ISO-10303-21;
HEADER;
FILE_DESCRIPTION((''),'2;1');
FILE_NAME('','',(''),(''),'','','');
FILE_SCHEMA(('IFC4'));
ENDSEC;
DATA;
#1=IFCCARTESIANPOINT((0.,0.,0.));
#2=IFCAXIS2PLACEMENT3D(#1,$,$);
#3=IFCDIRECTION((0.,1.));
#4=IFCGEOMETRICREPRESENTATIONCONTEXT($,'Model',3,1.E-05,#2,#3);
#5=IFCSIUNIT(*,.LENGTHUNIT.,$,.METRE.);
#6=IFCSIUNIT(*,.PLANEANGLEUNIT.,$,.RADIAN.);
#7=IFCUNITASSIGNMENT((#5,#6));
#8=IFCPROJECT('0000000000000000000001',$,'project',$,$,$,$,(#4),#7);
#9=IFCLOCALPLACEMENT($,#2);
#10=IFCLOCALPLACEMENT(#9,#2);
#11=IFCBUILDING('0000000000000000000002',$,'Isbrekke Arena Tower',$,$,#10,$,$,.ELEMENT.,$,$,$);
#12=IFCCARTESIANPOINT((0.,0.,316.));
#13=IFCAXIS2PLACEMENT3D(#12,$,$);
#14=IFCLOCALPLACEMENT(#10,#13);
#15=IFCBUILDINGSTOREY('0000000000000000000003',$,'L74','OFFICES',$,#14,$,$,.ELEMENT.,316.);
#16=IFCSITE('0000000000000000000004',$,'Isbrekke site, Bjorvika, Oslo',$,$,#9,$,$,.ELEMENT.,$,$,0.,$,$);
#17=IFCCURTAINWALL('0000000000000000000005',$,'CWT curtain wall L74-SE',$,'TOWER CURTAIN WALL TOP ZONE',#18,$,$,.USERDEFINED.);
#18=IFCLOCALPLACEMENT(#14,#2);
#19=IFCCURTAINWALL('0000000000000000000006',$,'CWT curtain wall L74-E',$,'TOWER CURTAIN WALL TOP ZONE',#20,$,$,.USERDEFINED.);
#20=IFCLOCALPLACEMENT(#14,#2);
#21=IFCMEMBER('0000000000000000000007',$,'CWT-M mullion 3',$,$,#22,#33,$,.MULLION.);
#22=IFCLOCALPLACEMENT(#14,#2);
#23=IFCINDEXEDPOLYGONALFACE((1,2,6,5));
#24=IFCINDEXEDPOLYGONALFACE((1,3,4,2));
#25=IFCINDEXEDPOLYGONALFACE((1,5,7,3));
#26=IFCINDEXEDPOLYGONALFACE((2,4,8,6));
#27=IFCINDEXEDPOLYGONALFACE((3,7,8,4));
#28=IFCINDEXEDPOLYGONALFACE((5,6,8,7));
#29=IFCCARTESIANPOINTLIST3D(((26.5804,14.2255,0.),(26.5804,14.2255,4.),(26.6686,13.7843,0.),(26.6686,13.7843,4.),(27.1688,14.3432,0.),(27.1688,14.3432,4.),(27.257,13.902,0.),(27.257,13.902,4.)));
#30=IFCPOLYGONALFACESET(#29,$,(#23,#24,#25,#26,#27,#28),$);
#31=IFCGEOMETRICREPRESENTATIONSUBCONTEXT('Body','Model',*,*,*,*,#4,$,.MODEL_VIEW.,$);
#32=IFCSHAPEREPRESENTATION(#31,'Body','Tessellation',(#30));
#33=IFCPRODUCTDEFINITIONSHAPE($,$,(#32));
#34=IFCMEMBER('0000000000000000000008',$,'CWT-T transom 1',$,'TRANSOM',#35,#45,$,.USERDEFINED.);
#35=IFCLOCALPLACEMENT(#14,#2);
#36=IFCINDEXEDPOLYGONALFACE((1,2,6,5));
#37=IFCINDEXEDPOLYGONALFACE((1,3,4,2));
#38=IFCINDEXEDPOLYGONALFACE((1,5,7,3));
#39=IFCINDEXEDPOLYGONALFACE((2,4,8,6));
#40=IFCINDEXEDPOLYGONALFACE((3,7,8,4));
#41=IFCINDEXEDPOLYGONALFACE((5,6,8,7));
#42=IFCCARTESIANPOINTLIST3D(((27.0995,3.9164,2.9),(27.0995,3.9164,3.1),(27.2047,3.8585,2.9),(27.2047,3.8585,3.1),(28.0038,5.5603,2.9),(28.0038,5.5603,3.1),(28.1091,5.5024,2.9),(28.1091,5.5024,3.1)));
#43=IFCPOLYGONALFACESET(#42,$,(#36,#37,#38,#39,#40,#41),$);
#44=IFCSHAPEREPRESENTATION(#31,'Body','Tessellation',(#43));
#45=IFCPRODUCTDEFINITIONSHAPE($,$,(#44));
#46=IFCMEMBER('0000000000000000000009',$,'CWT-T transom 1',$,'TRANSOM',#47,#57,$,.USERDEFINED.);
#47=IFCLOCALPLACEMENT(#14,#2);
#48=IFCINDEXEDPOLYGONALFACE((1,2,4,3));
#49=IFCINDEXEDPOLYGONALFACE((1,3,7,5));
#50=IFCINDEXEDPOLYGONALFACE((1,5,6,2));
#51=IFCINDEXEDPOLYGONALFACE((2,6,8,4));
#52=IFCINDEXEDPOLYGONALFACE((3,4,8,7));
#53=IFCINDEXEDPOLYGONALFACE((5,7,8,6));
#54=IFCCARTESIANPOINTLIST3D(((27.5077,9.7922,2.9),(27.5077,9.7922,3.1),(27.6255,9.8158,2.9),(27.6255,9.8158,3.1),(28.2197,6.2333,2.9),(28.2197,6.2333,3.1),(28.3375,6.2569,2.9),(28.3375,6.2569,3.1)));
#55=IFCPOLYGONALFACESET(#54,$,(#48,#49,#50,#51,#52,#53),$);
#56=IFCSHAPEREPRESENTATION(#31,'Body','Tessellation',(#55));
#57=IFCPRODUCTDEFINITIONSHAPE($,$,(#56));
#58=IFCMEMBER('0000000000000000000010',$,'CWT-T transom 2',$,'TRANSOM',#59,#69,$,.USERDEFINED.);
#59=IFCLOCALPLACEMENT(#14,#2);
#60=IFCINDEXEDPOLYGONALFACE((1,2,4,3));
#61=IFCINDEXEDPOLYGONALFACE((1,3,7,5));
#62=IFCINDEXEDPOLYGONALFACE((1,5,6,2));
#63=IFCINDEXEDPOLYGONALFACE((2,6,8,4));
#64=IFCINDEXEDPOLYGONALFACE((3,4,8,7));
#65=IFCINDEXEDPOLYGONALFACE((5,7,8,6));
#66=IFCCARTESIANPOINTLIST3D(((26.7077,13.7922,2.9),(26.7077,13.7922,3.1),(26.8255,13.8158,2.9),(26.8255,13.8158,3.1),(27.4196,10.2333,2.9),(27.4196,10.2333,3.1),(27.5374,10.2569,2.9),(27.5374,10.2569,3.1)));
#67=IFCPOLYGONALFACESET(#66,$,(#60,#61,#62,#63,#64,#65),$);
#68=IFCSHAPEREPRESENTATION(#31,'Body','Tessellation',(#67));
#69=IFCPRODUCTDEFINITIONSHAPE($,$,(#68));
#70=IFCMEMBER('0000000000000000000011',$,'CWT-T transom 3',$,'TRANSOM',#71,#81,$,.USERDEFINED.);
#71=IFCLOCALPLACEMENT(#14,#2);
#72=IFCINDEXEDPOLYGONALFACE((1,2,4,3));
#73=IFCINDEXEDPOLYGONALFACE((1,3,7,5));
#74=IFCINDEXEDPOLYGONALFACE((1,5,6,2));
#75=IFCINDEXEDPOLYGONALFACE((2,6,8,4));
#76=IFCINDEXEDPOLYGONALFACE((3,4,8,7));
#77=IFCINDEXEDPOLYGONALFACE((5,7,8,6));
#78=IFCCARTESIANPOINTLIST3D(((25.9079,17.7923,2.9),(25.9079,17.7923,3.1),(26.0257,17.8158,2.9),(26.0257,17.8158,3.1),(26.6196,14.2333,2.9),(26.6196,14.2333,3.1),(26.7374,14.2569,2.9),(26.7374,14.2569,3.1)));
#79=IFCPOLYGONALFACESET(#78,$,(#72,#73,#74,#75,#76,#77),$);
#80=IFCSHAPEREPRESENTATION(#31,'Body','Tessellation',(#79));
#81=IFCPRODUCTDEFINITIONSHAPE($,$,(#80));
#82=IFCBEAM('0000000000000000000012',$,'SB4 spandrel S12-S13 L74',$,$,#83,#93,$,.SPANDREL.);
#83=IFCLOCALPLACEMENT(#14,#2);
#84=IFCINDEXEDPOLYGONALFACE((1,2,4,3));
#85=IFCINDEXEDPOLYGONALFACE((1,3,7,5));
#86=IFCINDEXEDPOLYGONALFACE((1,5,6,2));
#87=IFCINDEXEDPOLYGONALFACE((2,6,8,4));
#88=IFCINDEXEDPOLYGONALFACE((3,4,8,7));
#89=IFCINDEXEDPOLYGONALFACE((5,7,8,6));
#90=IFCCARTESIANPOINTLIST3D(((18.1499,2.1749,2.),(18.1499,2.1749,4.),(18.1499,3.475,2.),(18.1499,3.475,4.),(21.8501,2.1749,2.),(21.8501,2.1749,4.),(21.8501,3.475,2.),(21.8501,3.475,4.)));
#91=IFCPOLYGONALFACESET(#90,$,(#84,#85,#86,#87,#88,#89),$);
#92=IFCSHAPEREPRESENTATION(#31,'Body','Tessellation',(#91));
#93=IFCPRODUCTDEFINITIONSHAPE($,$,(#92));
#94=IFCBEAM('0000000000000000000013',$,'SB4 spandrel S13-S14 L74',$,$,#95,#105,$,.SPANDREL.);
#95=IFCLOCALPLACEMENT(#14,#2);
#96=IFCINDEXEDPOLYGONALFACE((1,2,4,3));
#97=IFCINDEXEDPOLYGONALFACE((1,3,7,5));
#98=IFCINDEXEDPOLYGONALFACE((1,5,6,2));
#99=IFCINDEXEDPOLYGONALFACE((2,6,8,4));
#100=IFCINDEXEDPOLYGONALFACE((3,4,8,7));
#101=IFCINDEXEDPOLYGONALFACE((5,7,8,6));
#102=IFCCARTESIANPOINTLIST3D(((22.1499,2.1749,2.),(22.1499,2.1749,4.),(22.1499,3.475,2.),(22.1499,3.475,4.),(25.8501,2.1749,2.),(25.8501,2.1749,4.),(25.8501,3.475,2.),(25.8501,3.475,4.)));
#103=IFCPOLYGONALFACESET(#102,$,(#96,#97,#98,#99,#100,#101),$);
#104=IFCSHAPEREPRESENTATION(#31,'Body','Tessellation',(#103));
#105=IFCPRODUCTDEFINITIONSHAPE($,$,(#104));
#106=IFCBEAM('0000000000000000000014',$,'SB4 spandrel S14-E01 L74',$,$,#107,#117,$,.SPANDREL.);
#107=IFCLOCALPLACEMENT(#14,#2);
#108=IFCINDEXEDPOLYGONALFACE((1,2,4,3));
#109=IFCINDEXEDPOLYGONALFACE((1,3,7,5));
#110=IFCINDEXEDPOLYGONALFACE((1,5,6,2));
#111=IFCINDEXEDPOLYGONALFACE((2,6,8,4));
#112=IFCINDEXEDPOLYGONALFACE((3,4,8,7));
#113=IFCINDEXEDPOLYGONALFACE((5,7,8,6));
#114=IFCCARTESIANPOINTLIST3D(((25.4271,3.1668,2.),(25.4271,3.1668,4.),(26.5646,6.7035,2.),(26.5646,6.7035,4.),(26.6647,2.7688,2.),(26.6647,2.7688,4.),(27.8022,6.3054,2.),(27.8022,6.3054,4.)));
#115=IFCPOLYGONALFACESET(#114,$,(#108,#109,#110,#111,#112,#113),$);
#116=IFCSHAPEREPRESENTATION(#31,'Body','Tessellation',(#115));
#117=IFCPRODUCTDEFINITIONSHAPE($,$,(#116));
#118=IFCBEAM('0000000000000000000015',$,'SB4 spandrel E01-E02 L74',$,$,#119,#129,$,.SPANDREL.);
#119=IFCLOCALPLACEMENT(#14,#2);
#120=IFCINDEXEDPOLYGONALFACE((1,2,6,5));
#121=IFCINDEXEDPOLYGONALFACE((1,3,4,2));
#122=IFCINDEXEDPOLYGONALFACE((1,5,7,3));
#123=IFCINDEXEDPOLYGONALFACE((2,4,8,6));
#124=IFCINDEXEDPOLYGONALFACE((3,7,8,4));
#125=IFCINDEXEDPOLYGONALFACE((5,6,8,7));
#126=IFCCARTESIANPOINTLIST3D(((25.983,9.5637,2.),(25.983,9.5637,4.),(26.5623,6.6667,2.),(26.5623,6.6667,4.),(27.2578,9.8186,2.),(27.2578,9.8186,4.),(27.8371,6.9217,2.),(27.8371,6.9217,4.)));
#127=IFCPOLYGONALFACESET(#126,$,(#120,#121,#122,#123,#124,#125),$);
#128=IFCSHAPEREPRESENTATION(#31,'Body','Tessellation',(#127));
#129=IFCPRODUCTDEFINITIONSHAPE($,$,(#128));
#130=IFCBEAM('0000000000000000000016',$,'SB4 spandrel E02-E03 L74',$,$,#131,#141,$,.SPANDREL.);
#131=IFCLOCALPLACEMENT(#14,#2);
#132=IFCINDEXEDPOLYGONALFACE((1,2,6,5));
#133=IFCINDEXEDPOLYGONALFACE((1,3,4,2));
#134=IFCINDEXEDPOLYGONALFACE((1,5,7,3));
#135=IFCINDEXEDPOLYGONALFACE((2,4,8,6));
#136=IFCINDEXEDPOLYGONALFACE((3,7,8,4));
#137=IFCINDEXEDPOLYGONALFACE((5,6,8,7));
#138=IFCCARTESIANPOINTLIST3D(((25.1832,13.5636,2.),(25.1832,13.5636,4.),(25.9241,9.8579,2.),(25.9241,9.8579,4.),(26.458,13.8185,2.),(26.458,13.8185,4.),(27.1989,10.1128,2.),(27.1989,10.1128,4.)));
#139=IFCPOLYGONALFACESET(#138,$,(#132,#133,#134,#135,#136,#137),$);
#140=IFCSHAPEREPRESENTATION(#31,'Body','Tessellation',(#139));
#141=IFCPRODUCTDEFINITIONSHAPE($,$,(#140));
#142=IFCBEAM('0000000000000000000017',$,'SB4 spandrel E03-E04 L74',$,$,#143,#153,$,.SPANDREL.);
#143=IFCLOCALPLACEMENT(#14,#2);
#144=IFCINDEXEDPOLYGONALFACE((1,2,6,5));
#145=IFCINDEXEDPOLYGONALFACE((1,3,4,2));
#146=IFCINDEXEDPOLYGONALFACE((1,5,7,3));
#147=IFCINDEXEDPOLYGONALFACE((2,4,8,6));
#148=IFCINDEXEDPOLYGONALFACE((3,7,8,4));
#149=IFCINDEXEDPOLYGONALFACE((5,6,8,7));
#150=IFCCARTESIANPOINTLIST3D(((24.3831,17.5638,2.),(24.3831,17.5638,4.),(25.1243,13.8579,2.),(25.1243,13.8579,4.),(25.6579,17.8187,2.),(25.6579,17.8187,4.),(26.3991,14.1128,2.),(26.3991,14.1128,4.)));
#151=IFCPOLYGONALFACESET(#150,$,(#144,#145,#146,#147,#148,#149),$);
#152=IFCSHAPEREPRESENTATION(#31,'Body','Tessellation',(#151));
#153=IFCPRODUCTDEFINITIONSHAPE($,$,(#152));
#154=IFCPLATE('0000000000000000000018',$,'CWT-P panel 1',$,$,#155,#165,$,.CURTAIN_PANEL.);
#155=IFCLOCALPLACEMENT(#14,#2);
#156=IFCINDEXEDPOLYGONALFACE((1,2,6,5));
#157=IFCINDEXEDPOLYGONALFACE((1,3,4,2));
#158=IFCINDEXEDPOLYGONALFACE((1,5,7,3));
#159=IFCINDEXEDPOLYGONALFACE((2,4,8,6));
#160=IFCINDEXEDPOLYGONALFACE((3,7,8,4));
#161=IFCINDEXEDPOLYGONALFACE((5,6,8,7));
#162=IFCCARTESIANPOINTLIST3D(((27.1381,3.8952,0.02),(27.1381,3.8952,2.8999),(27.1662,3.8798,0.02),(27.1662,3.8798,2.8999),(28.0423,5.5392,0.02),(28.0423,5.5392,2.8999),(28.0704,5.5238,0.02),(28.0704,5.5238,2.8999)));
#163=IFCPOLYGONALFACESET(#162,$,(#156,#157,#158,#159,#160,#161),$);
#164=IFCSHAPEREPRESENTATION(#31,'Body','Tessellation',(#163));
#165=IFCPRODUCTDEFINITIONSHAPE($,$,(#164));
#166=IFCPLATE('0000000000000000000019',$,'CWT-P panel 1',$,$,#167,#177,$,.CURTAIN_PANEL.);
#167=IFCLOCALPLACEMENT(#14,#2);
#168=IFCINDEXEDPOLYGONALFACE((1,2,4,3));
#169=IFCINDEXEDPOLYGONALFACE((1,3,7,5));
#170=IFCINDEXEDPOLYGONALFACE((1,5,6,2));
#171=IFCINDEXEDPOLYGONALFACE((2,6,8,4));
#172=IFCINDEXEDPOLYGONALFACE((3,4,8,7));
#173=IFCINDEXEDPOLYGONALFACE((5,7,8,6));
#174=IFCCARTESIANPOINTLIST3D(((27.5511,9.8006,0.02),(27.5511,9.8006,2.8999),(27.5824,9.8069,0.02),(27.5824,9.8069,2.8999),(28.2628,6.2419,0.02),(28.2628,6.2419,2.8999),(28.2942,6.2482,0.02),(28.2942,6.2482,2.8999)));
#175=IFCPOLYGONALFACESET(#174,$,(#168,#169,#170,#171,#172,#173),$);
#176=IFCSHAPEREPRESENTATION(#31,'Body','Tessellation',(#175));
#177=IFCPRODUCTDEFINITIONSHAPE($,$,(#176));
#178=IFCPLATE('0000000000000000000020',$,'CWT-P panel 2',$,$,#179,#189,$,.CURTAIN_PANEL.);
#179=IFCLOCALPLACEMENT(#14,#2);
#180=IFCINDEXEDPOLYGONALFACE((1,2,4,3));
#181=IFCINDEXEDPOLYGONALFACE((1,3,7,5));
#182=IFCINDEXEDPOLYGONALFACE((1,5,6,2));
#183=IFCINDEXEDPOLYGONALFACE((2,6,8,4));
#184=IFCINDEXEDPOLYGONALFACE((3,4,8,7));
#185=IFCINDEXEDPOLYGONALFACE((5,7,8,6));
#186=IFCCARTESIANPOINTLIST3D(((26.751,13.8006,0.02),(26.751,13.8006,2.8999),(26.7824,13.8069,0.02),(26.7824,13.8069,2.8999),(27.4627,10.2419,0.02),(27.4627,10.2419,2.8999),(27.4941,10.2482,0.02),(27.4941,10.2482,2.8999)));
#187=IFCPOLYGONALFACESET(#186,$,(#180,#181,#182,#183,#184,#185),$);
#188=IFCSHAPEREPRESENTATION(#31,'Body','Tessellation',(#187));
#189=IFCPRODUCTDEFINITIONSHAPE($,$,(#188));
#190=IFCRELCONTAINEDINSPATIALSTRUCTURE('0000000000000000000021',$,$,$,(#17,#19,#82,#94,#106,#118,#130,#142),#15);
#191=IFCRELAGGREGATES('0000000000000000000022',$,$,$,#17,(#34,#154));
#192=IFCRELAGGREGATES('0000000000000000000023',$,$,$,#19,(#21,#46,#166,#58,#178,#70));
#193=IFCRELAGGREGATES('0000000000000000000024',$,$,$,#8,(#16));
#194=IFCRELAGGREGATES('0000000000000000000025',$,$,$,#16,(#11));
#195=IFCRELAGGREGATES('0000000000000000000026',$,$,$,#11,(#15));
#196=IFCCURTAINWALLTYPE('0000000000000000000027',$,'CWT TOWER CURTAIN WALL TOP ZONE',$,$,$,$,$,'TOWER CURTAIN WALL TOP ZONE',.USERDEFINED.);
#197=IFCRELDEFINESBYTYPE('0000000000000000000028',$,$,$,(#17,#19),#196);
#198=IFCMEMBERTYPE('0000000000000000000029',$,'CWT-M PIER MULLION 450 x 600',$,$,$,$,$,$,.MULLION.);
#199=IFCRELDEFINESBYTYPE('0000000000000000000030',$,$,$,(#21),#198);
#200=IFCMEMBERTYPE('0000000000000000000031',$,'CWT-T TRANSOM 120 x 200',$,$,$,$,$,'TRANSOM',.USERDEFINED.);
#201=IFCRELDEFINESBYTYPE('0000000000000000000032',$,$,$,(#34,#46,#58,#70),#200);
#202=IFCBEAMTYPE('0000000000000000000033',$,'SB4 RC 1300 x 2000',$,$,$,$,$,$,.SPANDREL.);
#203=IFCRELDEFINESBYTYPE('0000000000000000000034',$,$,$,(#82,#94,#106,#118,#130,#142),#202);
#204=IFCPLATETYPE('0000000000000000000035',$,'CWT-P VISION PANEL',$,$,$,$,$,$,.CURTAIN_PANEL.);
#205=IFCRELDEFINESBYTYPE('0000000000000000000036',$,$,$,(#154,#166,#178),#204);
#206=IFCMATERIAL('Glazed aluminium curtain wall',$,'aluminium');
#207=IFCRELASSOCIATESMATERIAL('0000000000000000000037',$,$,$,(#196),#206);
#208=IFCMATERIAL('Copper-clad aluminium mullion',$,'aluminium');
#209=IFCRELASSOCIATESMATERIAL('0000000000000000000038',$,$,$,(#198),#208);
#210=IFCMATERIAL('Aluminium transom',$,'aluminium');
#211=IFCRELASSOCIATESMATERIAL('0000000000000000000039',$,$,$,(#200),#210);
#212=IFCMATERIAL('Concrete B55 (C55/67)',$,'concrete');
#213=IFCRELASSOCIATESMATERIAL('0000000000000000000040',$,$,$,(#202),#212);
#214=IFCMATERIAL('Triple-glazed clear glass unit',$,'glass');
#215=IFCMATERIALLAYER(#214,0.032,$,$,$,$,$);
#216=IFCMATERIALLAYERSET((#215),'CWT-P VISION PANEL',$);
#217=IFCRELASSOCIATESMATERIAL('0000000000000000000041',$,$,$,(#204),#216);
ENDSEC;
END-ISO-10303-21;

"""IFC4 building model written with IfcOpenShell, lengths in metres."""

from ifc_helpers import new_model, si_unit, direction, frame, origin, origin_2d, place, context, subcontext, project, spatial, rectangle, extrude, material, layer, layer_set, material_profile, profile_set, type_object, element, aggregate, save


model = new_model("IFC4")

# Units and contexts
model_context = context("Model", 3, precision=1e-05, world=origin(), true_north=direction((0.0, 1.0)))
body_context = subcontext(model_context, "Body", "Model", "MODEL_VIEW")
ifc_project = project(units=[si_unit("LENGTHUNIT", "METRE"), si_unit("PLANEANGLEUNIT", "RADIAN")], contexts=[model_context])

# Site, building, storey
site_placement = place(None, origin())
site = spatial("IfcSite", under=ifc_project, at=site_placement, Name="Isbrekke site, Bjorvika, Oslo", CompositionType="ELEMENT", RefElevation=0.0)
building_placement = place(site_placement, origin())
building = spatial("IfcBuilding", under=site, at=building_placement, Name="Isbrekke Arena Tower", CompositionType="ELEMENT")
storey_placement = place(building_placement, frame((0.0, 0.0, 316.0)))
storey = spatial("IfcBuildingStorey", under=building, at=storey_placement, Name="L74", Description="OFFICES", CompositionType="ELEMENT", Elevation=316.0)

# Curtain walls, member
ifc_material_1 = material(Name="Glazed aluminium curtain wall", Category="aluminium")
curtain_wall_type = type_object("IfcCurtainWallType", Name="CWT TOWER CURTAIN WALL TOP ZONE", ElementType="TOWER CURTAIN WALL TOP ZONE", PredefinedType="USERDEFINED", material=ifc_material_1)
curtain_wall_1_placement = place(storey_placement, origin())
curtain_wall_1 = element("IfcCurtainWall", 1, at=curtain_wall_1_placement, inside=storey, type_object=curtain_wall_type, Name="CWT curtain wall L74-SE", ObjectType="TOWER CURTAIN WALL TOP ZONE", PredefinedType="USERDEFINED")
ifc_material_2 = material(Name="Copper-clad aluminium mullion", Category="aluminium")
ifc_material_profile_1 = material_profile(ifc_material_2, rectangle(XDim=0.45, YDim=0.6001, at=origin_2d()), Name="PIER 450X600")
ifc_profile_set_1 = profile_set([ifc_material_profile_1], Name="Copper-clad aluminium mullion")
member_type_1 = type_object("IfcMemberType", Name="CWT-M PIER MULLION 450 x 600", PredefinedType="MULLION", material=ifc_profile_set_1)
curtain_wall_2_placement = place(storey_placement, origin())
curtain_wall_2 = element("IfcCurtainWall", 2, at=curtain_wall_2_placement, inside=storey, type_object=curtain_wall_type, Name="CWT curtain wall L74-E", ObjectType="TOWER CURTAIN WALL TOP ZONE", PredefinedType="USERDEFINED")
member_1_placement = place(storey_placement, frame((26.9187, 14.0637, 0.0), z_axis=(0.0, 0.0, 1.0), x_axis=(-0.196116, 0.980581, 0.0)))
member_1 = element("IfcMember", 3, at=member_1_placement, type_object=member_type_1, Name="CWT-M mullion 3", PredefinedType="MULLION", context=body_context, shape_type="SweptSolid", body=[
    extrude(rectangle(XDim=0.45, YDim=0.6001, at=origin_2d()), origin(), (0.0, 0.0, 1.0), 4.0),
])

# Members
ifc_material_3 = material(Name="Aluminium transom", Category="aluminium")
ifc_material_profile_2 = material_profile(ifc_material_3, rectangle(XDim=0.1201, YDim=0.2, at=origin_2d()), Name="TRANSOM 120X200")
ifc_profile_set_2 = profile_set([ifc_material_profile_2], Name="Aluminium transom")
member_type_2 = type_object("IfcMemberType", Name="CWT-T TRANSOM 120 x 200", ElementType="TRANSOM", PredefinedType="USERDEFINED", material=ifc_profile_set_2)
member_2_placement = place(storey_placement, frame((27.1521, 3.8875, 3.0), z_axis=(0.482004, 0.876169, 0.0), x_axis=(-0.876169, 0.482004, 0.0)))
member_2 = element("IfcMember", 4, at=member_2_placement, type_object=member_type_2, Name="CWT-T transom 1", ObjectType="TRANSOM", PredefinedType="USERDEFINED", context=body_context, shape_type="SweptSolid", body=[
    extrude(rectangle(XDim=0.1201, YDim=0.2, at=origin_2d()), origin(), (0.0, 0.0, 1.0), 1.8762),
])
member_3_placement = place(storey_placement, frame((28.2786, 6.2451, 3.0), z_axis=(-0.196155, 0.980573, 0.0), x_axis=(-0.980573, -0.196155, 0.0)))
member_3 = element("IfcMember", 5, at=member_3_placement, type_object=member_type_2, Name="CWT-T transom 1", ObjectType="TRANSOM", PredefinedType="USERDEFINED", context=body_context, shape_type="SweptSolid", body=[
    extrude(rectangle(XDim=0.1201, YDim=0.2, at=origin_2d()), origin(), (0.0, 0.0, 1.0), 3.6294),
])
member_4_placement = place(storey_placement, frame((27.4785, 10.2451, 3.0), z_axis=(-0.196155, 0.980573, 0.0), x_axis=(-0.980573, -0.196155, 0.0)))
member_4 = element("IfcMember", 6, at=member_4_placement, type_object=member_type_2, Name="CWT-T transom 2", ObjectType="TRANSOM", PredefinedType="USERDEFINED", context=body_context, shape_type="SweptSolid", body=[
    extrude(rectangle(XDim=0.1201, YDim=0.2, at=origin_2d()), origin(), (0.0, 0.0, 1.0), 3.6294),
])
member_5_placement = place(storey_placement, frame((26.6785, 14.2451, 3.0), z_axis=(-0.19609, 0.980586, 0.0), x_axis=(-0.980586, -0.19609, 0.0)))
member_5 = element("IfcMember", 7, at=member_5_placement, type_object=member_type_2, Name="CWT-T transom 3", ObjectType="TRANSOM", PredefinedType="USERDEFINED", context=body_context, shape_type="SweptSolid", body=[
    extrude(rectangle(XDim=0.1201, YDim=0.2, at=origin_2d()), origin(), (0.0, 0.0, 1.0), 3.6294),
])

# Beams
ifc_material_4 = material(Name="Concrete B55 (C55/67)", Category="concrete")
ifc_material_profile_3 = material_profile(ifc_material_4, rectangle(XDim=1.3, YDim=2.0, at=origin_2d()), Name="RC 1300x2000")
ifc_profile_set_3 = profile_set([ifc_material_profile_3], Name="Concrete B55 (C55/67)")
beam_type_1 = type_object("IfcBeamType", Name="SB4 RC 1300 x 2000", PredefinedType="SPANDREL", material=ifc_profile_set_3)
for number, where, z_axis, x_axis, name in (
    (8, (18.1499, 2.825, 3.0), (1.0, 0.0, 0.0), (0.0, 1.0, 0.0), "SB4 spandrel S12-S13 L74"),
    (9, (22.1499, 2.825, 3.0), (1.0, 0.0, 0.0), (0.0, 1.0, 0.0), "SB4 spandrel S13-S14 L74"),
):
    element("IfcBeam", number, at=place(storey_placement, frame(where, z_axis=z_axis, x_axis=x_axis)), inside=storey, type_object=beam_type_1, Name=name, PredefinedType="SPANDREL", context=body_context, shape_type="SweptSolid", body=[
        extrude(rectangle(XDim=1.3, YDim=2.0, at=origin_2d()), origin(), (0.0, 0.0, 1.0), 3.7002),
    ])
beam_1_placement = place(storey_placement, frame((26.0459, 2.9678, 3.0), z_axis=(0.306175, 0.951975, 0.0), x_axis=(-0.951975, 0.306175, 0.0)))
element("IfcBeam", 10, at=beam_1_placement, inside=storey, type_object=beam_type_1, Name="SB4 spandrel S14-E01 L74", PredefinedType="SPANDREL", context=body_context, shape_type="SweptSolid", body=[
    extrude(rectangle(XDim=1.3, YDim=2.0, at=origin_2d()), origin(), (0.0, 0.0, 1.0), 3.7151),
])
beam_2_placement = place(storey_placement, frame((27.1997, 6.7942, 3.0), z_axis=(-0.1961, 0.980584, 0.0), x_axis=(-0.980584, -0.1961, 0.0)))
element("IfcBeam", 11, at=beam_2_placement, inside=storey, type_object=beam_type_1, Name="SB4 spandrel E01-E02 L74", PredefinedType="SPANDREL", context=body_context, shape_type="SweptSolid", body=[
    extrude(rectangle(XDim=1.3, YDim=2.0, at=origin_2d()), origin(), (0.0, 0.0, 1.0), 2.9543),
])
beam_3_placement = place(storey_placement, frame((26.5615, 9.9854, 3.0), z_axis=(-0.196066, 0.980591, 0.0), x_axis=(-0.980591, -0.196066, 0.0)))
element("IfcBeam", 12, at=beam_3_placement, inside=storey, type_object=beam_type_1, Name="SB4 spandrel E02-E03 L74", PredefinedType="SPANDREL", context=body_context, shape_type="SweptSolid", body=[
    extrude(rectangle(XDim=1.3, YDim=2.0, at=origin_2d()), origin(), (0.0, 0.0, 1.0), 3.7791),
])
beam_4_placement = place(storey_placement, frame((25.7617, 13.9854, 3.0), z_axis=(-0.196129, 0.980578, 0.0), x_axis=(-0.980578, -0.196129, 0.0)))
element("IfcBeam", 13, at=beam_4_placement, inside=storey, type_object=beam_type_1, Name="SB4 spandrel E03-E04 L74", PredefinedType="SPANDREL", context=body_context, shape_type="SweptSolid", body=[
    extrude(rectangle(XDim=1.3, YDim=2.0, at=origin_2d()), origin(), (0.0, 0.0, 1.0), 3.7793),
])

# Plates
ifc_material_5 = material(Name="Triple-glazed clear glass unit", Category="glass")
ifc_layer_1 = layer(ifc_material_5, 0.032)
ifc_layer_set_1 = layer_set([ifc_layer_1], Name="CWT-P VISION PANEL")
plate_type = type_object("IfcPlateType", Name="CWT-P VISION PANEL", PredefinedType="CURTAIN_PANEL", material=ifc_layer_set_1)
plate_1_placement = place(storey_placement, frame((27.6042, 4.7095, 0.02), z_axis=(0.0, 0.0, 1.0), x_axis=(0.481919, 0.876216, 0.0)))
plate_1 = element("IfcPlate", 14, at=plate_1_placement, type_object=plate_type, Name="CWT-P panel 1", PredefinedType="CURTAIN_PANEL", context=body_context, shape_type="SweptSolid", body=[
    extrude(rectangle(XDim=1.8762, YDim=0.032, at=origin_2d()), origin(), (0.0, 0.0, 1.0), 2.8799),
])
aggregate(curtain_wall_1, [member_2, plate_1])
plate_2_placement = place(storey_placement, frame((27.9226, 8.0244, 0.02), z_axis=(0.0, 0.0, 1.0), x_axis=(-0.196116, 0.980581, 0.0)))
plate_2 = element("IfcPlate", 15, at=plate_2_placement, type_object=plate_type, Name="CWT-P panel 1", PredefinedType="CURTAIN_PANEL", context=body_context, shape_type="SweptSolid", body=[
    extrude(rectangle(XDim=3.6292, YDim=0.032, at=origin_2d()), origin(), (0.0, 0.0, 1.0), 2.8799),
])
plate_3_placement = place(storey_placement, frame((27.1226, 12.0244, 0.02), z_axis=(0.0, 0.0, 1.0), x_axis=(-0.196116, 0.980581, 0.0)))
plate_3 = element("IfcPlate", 16, at=plate_3_placement, type_object=plate_type, Name="CWT-P panel 2", PredefinedType="CURTAIN_PANEL", context=body_context, shape_type="SweptSolid", body=[
    extrude(rectangle(XDim=3.6292, YDim=0.032, at=origin_2d()), origin(), (0.0, 0.0, 1.0), 2.8799),
])
aggregate(curtain_wall_2, [member_1, member_3, plate_2, member_4, plate_3, member_5])

save(model, "model.ifc")
